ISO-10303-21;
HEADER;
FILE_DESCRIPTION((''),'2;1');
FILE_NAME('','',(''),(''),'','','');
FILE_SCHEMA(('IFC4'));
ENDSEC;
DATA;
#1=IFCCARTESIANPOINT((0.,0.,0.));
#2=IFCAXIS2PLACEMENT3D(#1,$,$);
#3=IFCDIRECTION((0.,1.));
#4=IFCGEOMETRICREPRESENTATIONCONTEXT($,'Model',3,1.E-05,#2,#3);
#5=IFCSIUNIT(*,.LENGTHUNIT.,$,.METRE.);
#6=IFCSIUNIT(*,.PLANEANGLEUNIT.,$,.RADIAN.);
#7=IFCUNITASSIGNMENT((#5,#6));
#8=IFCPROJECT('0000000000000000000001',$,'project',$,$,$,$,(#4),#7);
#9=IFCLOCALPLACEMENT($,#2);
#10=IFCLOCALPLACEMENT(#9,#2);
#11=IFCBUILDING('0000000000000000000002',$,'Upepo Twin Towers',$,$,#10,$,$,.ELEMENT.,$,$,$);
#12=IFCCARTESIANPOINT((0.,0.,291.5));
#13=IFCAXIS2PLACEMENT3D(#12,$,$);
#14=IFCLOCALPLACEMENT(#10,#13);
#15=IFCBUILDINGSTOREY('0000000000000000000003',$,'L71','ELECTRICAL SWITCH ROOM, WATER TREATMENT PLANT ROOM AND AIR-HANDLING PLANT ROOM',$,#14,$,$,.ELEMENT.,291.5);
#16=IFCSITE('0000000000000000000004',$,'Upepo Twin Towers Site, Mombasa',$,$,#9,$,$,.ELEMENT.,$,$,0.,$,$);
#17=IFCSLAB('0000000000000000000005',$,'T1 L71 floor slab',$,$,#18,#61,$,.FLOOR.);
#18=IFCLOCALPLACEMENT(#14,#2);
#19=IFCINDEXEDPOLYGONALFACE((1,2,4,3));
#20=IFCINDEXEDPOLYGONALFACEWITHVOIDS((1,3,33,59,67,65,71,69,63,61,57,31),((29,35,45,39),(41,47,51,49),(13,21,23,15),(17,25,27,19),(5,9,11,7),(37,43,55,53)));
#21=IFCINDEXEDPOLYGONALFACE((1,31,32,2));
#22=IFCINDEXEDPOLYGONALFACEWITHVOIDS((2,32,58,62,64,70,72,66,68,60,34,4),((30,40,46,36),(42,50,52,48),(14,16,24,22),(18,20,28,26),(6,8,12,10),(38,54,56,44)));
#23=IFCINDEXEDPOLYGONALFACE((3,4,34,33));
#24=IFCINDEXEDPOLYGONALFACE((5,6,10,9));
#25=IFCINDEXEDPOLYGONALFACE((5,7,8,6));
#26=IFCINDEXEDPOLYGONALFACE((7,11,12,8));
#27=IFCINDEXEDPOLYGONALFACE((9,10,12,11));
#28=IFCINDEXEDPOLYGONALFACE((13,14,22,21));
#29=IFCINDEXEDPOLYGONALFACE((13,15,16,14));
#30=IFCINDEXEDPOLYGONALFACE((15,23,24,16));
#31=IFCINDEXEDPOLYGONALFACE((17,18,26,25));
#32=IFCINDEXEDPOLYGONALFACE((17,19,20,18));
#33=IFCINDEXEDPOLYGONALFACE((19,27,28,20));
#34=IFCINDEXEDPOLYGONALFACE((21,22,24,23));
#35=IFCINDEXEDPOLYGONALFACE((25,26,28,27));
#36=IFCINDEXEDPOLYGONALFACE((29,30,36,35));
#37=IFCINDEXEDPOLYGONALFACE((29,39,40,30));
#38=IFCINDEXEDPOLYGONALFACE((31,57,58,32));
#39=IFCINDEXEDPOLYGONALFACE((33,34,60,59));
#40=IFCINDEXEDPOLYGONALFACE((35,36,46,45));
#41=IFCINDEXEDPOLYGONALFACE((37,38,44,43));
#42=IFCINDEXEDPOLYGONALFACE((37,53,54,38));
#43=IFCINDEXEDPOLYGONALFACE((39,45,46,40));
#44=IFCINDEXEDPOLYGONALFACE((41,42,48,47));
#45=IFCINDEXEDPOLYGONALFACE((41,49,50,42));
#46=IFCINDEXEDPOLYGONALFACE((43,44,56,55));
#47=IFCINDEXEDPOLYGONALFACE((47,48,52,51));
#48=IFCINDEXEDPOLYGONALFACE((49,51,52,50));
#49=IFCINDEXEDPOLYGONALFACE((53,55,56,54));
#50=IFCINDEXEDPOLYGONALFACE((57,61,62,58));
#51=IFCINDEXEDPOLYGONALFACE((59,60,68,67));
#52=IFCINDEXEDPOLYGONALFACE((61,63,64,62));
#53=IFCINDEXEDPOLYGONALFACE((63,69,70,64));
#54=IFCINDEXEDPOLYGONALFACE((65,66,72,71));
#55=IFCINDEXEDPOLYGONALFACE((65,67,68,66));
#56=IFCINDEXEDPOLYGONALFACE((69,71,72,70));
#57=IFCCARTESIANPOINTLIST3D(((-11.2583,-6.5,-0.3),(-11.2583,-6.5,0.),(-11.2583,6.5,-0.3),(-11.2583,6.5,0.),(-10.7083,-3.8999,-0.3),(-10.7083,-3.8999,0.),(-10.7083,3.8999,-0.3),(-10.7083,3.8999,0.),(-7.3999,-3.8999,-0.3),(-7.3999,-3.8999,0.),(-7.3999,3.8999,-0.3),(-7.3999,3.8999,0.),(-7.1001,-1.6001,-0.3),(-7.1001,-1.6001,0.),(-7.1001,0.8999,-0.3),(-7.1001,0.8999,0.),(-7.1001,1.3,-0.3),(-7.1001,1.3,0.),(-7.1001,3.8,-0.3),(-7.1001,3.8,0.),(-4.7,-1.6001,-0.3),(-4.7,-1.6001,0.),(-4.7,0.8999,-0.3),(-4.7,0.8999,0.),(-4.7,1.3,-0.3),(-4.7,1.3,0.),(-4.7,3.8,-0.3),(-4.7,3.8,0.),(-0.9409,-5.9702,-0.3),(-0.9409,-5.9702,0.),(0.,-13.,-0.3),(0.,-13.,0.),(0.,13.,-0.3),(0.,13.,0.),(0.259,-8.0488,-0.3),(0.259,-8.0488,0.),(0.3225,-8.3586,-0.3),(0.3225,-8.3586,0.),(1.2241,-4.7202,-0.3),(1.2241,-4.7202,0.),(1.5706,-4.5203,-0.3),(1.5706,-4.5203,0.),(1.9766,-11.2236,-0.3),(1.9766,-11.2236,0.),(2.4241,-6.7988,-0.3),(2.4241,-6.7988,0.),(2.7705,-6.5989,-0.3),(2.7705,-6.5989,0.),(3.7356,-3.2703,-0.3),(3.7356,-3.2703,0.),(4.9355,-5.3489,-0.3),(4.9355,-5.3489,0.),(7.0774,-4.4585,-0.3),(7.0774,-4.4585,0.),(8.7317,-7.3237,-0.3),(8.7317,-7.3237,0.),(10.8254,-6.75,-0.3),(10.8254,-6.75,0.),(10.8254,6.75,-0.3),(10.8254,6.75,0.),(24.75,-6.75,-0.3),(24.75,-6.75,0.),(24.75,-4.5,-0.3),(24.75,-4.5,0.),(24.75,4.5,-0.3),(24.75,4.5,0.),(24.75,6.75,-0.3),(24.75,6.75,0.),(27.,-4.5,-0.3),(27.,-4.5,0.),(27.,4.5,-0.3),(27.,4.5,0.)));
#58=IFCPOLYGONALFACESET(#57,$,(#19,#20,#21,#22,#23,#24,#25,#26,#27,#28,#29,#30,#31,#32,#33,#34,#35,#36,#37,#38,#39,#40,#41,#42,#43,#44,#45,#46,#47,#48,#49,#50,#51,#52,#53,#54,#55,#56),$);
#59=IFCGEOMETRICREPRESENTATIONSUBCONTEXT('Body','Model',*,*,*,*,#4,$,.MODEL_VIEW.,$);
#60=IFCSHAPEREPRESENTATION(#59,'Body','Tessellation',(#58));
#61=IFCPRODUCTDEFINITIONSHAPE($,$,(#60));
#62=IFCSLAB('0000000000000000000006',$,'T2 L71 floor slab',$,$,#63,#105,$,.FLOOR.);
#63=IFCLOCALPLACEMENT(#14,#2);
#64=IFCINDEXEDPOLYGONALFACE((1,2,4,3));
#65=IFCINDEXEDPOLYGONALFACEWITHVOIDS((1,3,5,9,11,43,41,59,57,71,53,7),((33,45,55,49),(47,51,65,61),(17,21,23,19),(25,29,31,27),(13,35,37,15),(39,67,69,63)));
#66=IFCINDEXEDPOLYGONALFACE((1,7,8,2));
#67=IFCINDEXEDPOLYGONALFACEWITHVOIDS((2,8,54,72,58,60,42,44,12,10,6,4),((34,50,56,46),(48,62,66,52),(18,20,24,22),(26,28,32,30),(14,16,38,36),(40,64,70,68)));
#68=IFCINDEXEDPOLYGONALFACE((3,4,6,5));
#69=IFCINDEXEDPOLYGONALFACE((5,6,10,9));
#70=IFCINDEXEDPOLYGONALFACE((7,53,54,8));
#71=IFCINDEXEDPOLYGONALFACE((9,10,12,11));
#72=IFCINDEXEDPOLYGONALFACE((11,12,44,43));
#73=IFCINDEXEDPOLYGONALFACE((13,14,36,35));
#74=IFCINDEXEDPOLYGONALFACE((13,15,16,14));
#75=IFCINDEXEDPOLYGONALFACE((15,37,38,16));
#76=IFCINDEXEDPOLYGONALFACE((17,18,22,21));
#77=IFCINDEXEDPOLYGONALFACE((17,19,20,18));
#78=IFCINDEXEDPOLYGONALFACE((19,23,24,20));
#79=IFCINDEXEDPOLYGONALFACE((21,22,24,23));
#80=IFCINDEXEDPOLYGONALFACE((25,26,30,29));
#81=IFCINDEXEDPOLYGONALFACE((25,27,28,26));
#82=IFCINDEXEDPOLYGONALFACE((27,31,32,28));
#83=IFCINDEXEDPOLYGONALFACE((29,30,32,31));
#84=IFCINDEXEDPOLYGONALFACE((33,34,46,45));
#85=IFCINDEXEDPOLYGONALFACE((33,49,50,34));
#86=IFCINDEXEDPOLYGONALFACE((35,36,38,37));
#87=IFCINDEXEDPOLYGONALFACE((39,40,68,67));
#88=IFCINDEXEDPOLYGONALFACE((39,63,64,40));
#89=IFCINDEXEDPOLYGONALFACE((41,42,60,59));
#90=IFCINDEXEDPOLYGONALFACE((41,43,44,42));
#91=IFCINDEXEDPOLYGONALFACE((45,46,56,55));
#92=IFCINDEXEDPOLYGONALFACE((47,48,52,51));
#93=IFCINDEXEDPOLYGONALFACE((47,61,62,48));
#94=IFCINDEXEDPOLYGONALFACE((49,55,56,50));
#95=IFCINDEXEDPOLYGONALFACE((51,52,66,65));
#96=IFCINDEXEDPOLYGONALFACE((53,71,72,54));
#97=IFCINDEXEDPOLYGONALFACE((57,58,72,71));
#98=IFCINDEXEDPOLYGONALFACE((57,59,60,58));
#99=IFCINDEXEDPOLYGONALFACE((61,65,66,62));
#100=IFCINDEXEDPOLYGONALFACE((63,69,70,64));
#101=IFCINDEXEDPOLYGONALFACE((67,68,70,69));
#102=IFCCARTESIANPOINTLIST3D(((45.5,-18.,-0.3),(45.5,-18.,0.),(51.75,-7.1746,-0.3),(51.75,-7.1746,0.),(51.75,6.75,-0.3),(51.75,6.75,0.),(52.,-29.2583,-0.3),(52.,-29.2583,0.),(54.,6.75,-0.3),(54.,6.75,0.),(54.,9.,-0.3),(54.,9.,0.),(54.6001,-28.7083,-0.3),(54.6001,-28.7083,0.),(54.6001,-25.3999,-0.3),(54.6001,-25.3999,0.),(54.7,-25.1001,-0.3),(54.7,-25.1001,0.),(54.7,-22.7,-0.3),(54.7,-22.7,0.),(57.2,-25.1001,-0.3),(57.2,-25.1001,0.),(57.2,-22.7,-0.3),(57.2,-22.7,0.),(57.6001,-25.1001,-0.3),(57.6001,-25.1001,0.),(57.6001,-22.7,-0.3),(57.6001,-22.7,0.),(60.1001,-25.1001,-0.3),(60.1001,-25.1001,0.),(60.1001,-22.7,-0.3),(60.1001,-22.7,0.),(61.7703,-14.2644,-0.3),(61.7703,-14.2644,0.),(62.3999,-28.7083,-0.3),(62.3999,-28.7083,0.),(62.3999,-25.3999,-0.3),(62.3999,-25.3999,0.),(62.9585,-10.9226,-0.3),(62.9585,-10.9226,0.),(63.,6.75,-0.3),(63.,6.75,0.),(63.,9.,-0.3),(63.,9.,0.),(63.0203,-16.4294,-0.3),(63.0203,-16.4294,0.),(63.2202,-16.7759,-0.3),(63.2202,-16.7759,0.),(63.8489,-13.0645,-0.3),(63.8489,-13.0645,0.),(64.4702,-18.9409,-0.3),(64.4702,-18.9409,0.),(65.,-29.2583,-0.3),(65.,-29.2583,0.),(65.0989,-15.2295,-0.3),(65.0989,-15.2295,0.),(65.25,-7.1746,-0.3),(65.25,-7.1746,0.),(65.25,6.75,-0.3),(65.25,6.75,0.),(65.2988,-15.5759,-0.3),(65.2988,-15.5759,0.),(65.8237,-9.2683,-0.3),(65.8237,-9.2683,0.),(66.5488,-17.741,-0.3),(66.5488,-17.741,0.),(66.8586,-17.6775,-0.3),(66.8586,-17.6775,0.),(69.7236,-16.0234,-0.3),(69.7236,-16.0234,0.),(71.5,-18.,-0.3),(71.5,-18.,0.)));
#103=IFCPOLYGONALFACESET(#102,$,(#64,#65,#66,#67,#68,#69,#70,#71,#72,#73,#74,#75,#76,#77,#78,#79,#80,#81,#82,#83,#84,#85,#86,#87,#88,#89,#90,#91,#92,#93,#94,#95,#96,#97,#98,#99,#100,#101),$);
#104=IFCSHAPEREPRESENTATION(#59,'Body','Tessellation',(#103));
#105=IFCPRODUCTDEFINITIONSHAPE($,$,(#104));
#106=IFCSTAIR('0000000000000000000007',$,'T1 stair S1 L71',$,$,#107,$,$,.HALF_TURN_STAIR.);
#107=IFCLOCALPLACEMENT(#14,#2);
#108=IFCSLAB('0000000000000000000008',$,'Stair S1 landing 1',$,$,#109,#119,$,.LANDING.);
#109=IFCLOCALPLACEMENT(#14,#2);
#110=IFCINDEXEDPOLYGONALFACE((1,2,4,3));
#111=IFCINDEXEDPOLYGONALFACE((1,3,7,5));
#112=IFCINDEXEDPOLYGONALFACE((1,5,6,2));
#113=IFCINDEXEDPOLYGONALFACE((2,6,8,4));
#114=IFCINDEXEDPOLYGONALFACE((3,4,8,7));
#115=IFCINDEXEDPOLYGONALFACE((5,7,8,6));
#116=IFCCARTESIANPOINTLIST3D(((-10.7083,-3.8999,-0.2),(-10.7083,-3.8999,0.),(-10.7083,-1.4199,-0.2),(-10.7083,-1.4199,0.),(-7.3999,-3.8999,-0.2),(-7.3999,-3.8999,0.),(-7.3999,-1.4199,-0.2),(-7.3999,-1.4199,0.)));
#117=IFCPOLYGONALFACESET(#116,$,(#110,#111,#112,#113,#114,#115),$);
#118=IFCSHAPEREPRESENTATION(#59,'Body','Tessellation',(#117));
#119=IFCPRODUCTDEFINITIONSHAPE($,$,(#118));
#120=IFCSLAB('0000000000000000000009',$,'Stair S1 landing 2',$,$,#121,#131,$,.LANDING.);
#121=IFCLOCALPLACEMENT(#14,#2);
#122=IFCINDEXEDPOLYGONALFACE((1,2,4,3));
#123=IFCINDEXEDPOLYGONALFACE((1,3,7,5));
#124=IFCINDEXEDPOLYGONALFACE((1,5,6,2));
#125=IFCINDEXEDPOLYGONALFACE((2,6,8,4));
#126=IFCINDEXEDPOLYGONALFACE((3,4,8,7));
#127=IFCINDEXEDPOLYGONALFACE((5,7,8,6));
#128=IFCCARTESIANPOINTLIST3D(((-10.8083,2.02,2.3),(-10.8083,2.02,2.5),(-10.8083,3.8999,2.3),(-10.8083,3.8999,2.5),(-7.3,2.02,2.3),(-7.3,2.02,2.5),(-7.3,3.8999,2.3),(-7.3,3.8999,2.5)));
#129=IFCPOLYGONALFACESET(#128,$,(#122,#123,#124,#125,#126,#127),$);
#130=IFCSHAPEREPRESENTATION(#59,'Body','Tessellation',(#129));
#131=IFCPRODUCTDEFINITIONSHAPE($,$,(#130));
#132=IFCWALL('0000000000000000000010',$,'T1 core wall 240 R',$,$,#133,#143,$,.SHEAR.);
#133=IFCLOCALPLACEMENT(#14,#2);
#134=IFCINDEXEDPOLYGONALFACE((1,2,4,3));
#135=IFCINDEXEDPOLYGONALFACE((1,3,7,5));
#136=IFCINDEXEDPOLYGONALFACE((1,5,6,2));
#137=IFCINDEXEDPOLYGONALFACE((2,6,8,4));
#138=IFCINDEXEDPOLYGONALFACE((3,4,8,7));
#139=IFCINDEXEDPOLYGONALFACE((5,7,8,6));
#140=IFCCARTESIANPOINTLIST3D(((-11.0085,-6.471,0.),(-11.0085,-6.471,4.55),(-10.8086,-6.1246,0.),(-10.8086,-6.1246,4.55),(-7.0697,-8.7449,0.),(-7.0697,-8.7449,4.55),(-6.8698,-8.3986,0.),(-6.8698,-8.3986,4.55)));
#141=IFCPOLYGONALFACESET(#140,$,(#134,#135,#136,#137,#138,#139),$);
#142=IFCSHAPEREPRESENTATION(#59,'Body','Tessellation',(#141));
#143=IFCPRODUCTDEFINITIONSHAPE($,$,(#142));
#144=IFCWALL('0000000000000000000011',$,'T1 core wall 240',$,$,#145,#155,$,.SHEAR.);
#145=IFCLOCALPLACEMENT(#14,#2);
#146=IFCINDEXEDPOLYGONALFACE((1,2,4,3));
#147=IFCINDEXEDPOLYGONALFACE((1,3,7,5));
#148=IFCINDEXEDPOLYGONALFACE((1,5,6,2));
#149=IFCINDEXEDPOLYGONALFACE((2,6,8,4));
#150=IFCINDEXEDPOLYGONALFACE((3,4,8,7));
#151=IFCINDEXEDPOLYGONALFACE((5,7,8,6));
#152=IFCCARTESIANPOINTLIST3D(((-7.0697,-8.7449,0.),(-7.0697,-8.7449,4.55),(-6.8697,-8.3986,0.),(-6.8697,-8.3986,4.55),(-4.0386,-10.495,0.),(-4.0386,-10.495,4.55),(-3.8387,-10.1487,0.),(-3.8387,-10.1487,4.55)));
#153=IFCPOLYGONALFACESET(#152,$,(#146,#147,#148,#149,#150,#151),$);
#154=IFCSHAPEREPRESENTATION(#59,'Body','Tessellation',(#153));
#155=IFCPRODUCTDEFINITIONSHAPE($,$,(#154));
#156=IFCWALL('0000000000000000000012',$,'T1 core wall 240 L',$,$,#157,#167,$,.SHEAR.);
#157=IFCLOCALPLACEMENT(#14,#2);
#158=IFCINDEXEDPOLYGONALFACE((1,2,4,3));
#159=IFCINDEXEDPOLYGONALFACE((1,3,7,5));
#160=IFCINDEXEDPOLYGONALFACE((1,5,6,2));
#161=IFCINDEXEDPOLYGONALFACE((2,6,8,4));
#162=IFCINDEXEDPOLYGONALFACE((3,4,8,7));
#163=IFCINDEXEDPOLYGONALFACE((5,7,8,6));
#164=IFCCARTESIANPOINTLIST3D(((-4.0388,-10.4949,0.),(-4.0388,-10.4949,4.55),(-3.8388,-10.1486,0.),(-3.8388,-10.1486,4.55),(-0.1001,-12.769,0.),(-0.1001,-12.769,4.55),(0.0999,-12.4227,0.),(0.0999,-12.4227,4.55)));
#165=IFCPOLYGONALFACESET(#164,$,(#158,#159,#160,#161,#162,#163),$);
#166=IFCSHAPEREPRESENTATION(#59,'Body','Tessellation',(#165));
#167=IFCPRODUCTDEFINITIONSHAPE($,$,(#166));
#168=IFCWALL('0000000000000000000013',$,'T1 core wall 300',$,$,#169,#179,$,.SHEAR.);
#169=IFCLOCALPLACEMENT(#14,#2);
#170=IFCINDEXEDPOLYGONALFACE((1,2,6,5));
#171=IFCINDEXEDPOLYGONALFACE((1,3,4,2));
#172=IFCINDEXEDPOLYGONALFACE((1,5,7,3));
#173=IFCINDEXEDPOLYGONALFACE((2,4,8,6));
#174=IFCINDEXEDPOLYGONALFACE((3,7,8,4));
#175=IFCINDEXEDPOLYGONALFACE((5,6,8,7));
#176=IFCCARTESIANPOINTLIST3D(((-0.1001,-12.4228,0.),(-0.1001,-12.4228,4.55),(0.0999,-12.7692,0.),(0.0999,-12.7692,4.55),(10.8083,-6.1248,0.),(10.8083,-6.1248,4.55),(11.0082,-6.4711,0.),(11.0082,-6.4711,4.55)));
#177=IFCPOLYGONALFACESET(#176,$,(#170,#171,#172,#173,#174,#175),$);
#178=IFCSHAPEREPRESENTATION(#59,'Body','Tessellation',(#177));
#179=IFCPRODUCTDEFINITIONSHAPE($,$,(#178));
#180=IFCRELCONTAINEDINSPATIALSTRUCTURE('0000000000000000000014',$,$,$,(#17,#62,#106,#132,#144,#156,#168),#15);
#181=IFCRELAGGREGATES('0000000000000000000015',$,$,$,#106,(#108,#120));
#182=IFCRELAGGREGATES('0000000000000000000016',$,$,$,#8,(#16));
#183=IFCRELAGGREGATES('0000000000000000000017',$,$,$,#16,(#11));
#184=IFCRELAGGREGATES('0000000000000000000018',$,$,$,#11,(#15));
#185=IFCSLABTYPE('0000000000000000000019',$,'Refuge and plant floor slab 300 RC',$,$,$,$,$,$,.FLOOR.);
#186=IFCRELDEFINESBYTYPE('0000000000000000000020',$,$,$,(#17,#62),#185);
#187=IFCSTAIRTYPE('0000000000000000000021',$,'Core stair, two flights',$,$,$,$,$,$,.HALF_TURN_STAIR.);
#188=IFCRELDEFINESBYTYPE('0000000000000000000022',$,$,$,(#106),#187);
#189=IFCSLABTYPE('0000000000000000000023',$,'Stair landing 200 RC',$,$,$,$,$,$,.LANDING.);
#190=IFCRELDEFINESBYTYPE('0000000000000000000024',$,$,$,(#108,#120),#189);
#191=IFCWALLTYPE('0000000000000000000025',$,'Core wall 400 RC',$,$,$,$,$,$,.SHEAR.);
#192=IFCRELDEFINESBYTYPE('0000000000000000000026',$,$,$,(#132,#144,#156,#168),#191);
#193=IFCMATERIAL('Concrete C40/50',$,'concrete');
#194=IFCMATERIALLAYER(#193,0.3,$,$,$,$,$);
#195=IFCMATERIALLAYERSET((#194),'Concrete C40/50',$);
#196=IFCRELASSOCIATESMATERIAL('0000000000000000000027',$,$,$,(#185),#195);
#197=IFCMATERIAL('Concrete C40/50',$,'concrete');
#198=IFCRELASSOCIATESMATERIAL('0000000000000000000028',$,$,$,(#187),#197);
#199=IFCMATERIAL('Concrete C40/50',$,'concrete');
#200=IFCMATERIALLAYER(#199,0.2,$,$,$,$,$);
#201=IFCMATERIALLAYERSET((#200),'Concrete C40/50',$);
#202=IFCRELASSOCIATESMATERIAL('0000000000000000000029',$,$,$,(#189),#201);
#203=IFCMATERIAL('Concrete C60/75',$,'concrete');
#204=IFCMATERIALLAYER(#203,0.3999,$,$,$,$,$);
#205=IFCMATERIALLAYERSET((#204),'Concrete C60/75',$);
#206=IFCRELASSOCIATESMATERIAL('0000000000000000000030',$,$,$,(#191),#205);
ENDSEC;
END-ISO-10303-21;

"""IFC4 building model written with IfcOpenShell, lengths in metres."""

from ifc_helpers import new_model, si_unit, direction, frame, frame_2d, origin, place, context, subcontext, project, spatial, polyline, rectangle, outline, extrude, material, layer, layer_set, type_object, element, aggregate, save


model = new_model("IFC4")

# Units and contexts
model_context = context("Model", 3, precision=1e-05, world=origin(), true_north=direction((0.0, 1.0)))
body_context = subcontext(model_context, "Body", "Model", "MODEL_VIEW")
ifc_project = project(units=[si_unit("LENGTHUNIT", "METRE"), si_unit("PLANEANGLEUNIT", "RADIAN")], contexts=[model_context])

# Site, building, storey
site_placement = place(None, origin())
site = spatial("IfcSite", under=ifc_project, at=site_placement, Name="Upepo Twin Towers Site, Mombasa", CompositionType="ELEMENT", RefElevation=0.0)
building_placement = place(site_placement, origin())
building = spatial("IfcBuilding", under=site, at=building_placement, Name="Upepo Twin Towers", CompositionType="ELEMENT")
storey_placement = place(building_placement, frame((0.0, 0.0, 291.5)))
storey = spatial("IfcBuildingStorey", under=building, at=storey_placement, Name="L71", Description="ELECTRICAL SWITCH ROOM, WATER TREATMENT PLANT ROOM AND AIR-HANDLING PLANT ROOM", CompositionType="ELEMENT", Elevation=291.5)

# Slabs
ifc_material_1 = material(Name="Concrete C40/50", Category="concrete")
ifc_layer_1 = layer(ifc_material_1, 0.3)
ifc_layer_set_1 = layer_set([ifc_layer_1], Name="Concrete C40/50")
slab_type_1 = type_object("IfcSlabType", Name="Refuge and plant floor slab 300 RC", PredefinedType="FLOOR", material=ifc_layer_set_1)
slab_1_placement = place(storey_placement, frame((0.0, 0.0, -0.3)))
element("IfcSlab", 1, at=slab_1_placement, inside=storey, type_object=slab_type_1, Name="T1 L71 floor slab", PredefinedType="FLOOR", context=body_context, shape_type="SweptSolid", body=[
    extrude(outline(polyline([(0.0, -13.0), (-11.2583, -6.5), (-11.2583, 6.5), (0.0, 13.0), (10.8254, 6.75), (24.75, 6.75), (24.75, 4.5), (27.0, 4.5), (27.0, -4.5), (24.75, -4.5), (24.75, -6.75), (10.8254, -6.75), (0.0, -13.0)]), holes=[polyline([(-4.7, 3.8), (-7.1001, 3.8), (-7.1001, 1.3), (-4.7, 1.3), (-4.7, 3.8)]), polyline([(-4.7, 0.8999), (-7.1001, 0.8999), (-7.1001, -1.6001), (-4.7, -1.6001), (-4.7, 0.8999)]), polyline([(-7.3999, 3.8999), (-10.7083, 3.8999), (-10.7083, -3.8999), (-7.3999, -3.8999), (-7.3999, 3.8999)]), polyline([(-0.9409, -5.9702), (0.259, -8.0488), (2.4241, -6.7988), (1.2241, -4.7202), (-0.9409, -5.9702)]), polyline([(1.5706, -4.5203), (2.7705, -6.5989), (4.9355, -5.3489), (3.7356, -3.2703), (1.5706, -4.5203)]), polyline([(0.3225, -8.3586), (1.9766, -11.2236), (8.7317, -7.3237), (7.0774, -4.4585), (0.3225, -8.3586)])]), origin(), (0.0, 0.0, 1.0), 0.3),
])
slab_2_placement = place(storey_placement, frame((0.0, 0.0, -0.3)))
element("IfcSlab", 2, at=slab_2_placement, inside=storey, type_object=slab_type_1, Name="T2 L71 floor slab", PredefinedType="FLOOR", context=body_context, shape_type="SweptSolid", body=[
    extrude(outline(polyline([(71.5, -18.0), (65.0, -29.2583), (52.0, -29.2583), (45.5, -18.0), (51.75, -7.1746), (51.75, 6.75), (54.0, 6.75), (54.0, 9.0), (63.0, 9.0), (63.0, 6.75), (65.25, 6.75), (65.25, -7.1746), (71.5, -18.0)]), holes=[polyline([(54.7, -22.7), (54.7, -25.1001), (57.2, -25.1001), (57.2, -22.7), (54.7, -22.7)]), polyline([(57.6001, -22.7), (57.6001, -25.1001), (60.1001, -25.1001), (60.1001, -22.7), (57.6001, -22.7)]), polyline([(54.6001, -25.3999), (54.6001, -28.7083), (62.3999, -28.7083), (62.3999, -25.3999), (54.6001, -25.3999)]), polyline([(64.4702, -18.9409), (66.5488, -17.741), (65.2988, -15.5759), (63.2202, -16.7759), (64.4702, -18.9409)]), polyline([(63.0203, -16.4294), (65.0989, -15.2295), (63.8489, -13.0645), (61.7703, -14.2644), (63.0203, -16.4294)]), polyline([(66.8586, -17.6775), (69.7236, -16.0234), (65.8237, -9.2683), (62.9585, -10.9226), (66.8586, -17.6775)])]), origin(), (0.0, 0.0, 1.0), 0.3),
])

# Stair, slabs
ifc_material_2 = material(Name="Concrete C40/50", Category="concrete")
stair_type = type_object("IfcStairType", Name="Core stair, two flights", PredefinedType="HALF_TURN_STAIR", material=ifc_material_2)
stair_1_placement = place(storey_placement, origin())
stair_1 = element("IfcStair", 3, at=stair_1_placement, inside=storey, type_object=stair_type, Name="T1 stair S1 L71", PredefinedType="HALF_TURN_STAIR")
ifc_material_3 = material(Name="Concrete C40/50", Category="concrete")
ifc_layer_2 = layer(ifc_material_3, 0.2)
ifc_layer_set_2 = layer_set([ifc_layer_2], Name="Concrete C40/50")
slab_type_2 = type_object("IfcSlabType", Name="Stair landing 200 RC", PredefinedType="LANDING", material=ifc_layer_set_2)
slab_3_placement = place(storey_placement, frame((0.0, 0.0, -0.2)))
slab_3 = element("IfcSlab", 4, at=slab_3_placement, type_object=slab_type_2, Name="Stair S1 landing 1", PredefinedType="LANDING", context=body_context, shape_type="SweptSolid", body=[
    extrude(outline(polyline([(-7.3999, -1.4199), (-10.7083, -1.4199), (-10.7083, -3.8999), (-7.3999, -3.8999), (-7.3999, -1.4199)])), origin(), (0.0, 0.0, 1.0), 0.2),
])
slab_4_placement = place(storey_placement, frame((0.0, 0.0, 2.3)))
slab_4 = element("IfcSlab", 5, at=slab_4_placement, type_object=slab_type_2, Name="Stair S1 landing 2", PredefinedType="LANDING", context=body_context, shape_type="SweptSolid", body=[
    extrude(outline(polyline([(-7.3, 3.8999), (-10.8083, 3.8999), (-10.8083, 2.02), (-7.3, 2.02), (-7.3, 3.8999)])), origin(), (0.0, 0.0, 1.0), 0.2),
])

# Walls
ifc_material_4 = material(Name="Concrete C60/75", Category="concrete")
ifc_layer_3 = layer(ifc_material_4, 0.3999)
ifc_layer_set_3 = layer_set([ifc_layer_3], Name="Concrete C60/75")
wall_type_1 = type_object("IfcWallType", Name="Core wall 400 RC", PredefinedType="SHEAR", material=ifc_layer_set_3)
wall_1_placement = place(storey_placement, frame((-10.9084, -6.2979, 0.0), z_axis=(0.0, 0.0, 1.0), x_axis=(0.866035, -0.499984, 0.0)))
element("IfcWall", 6, at=wall_1_placement, inside=storey, type_object=wall_type_1, Name="T1 core wall 240 R", PredefinedType="SHEAR", context=body_context, shape_type="SweptSolid", body=[
    extrude(rectangle(XDim=4.5481, YDim=0.3999, at=frame_2d((2.2739, 0.0))), origin(), (0.0, 0.0, 1.0), 4.55),
])
wall_2_placement = place(storey_placement, frame((-6.9697, -8.5718, 0.0), z_axis=(0.0, 0.0, 1.0), x_axis=(0.866019, -0.50001, 0.0)))
element("IfcWall", 7, at=wall_2_placement, inside=storey, type_object=wall_type_1, Name="T1 core wall 240", PredefinedType="SHEAR", context=body_context, shape_type="SweptSolid", body=[
    extrude(rectangle(XDim=3.5, YDim=0.3999, at=frame_2d((1.75, 0.0))), origin(), (0.0, 0.0, 1.0), 4.55),
])
wall_3_placement = place(storey_placement, frame((-3.9387, -10.3218, 0.0), z_axis=(0.0, 0.0, 1.0), x_axis=(0.866011, -0.500024, 0.0)))
element("IfcWall", 8, at=wall_3_placement, inside=storey, type_object=wall_type_1, Name="T1 core wall 240 L", PredefinedType="SHEAR", context=body_context, shape_type="SweptSolid", body=[
    extrude(rectangle(XDim=4.5481, YDim=0.3999, at=frame_2d((2.2739, 0.0))), origin(), (0.0, 0.0, 1.0), 4.55),
])
wall_4_placement = place(storey_placement, frame((0.0, -12.5959, 0.0), z_axis=(0.0, 0.0, 1.0), x_axis=(0.866022, 0.500006, 0.0)))
element("IfcWall", 9, at=wall_4_placement, inside=storey, type_object=wall_type_1, Name="T1 core wall 300", PredefinedType="SHEAR", context=body_context, shape_type="SweptSolid", body=[
    extrude(rectangle(XDim=12.5959, YDim=0.3999, at=frame_2d((6.2979, 0.0))), origin(), (0.0, 0.0, 1.0), 4.55),
])

aggregate(stair_1, [slab_3, slab_4])

save(model, "model.ifc")
